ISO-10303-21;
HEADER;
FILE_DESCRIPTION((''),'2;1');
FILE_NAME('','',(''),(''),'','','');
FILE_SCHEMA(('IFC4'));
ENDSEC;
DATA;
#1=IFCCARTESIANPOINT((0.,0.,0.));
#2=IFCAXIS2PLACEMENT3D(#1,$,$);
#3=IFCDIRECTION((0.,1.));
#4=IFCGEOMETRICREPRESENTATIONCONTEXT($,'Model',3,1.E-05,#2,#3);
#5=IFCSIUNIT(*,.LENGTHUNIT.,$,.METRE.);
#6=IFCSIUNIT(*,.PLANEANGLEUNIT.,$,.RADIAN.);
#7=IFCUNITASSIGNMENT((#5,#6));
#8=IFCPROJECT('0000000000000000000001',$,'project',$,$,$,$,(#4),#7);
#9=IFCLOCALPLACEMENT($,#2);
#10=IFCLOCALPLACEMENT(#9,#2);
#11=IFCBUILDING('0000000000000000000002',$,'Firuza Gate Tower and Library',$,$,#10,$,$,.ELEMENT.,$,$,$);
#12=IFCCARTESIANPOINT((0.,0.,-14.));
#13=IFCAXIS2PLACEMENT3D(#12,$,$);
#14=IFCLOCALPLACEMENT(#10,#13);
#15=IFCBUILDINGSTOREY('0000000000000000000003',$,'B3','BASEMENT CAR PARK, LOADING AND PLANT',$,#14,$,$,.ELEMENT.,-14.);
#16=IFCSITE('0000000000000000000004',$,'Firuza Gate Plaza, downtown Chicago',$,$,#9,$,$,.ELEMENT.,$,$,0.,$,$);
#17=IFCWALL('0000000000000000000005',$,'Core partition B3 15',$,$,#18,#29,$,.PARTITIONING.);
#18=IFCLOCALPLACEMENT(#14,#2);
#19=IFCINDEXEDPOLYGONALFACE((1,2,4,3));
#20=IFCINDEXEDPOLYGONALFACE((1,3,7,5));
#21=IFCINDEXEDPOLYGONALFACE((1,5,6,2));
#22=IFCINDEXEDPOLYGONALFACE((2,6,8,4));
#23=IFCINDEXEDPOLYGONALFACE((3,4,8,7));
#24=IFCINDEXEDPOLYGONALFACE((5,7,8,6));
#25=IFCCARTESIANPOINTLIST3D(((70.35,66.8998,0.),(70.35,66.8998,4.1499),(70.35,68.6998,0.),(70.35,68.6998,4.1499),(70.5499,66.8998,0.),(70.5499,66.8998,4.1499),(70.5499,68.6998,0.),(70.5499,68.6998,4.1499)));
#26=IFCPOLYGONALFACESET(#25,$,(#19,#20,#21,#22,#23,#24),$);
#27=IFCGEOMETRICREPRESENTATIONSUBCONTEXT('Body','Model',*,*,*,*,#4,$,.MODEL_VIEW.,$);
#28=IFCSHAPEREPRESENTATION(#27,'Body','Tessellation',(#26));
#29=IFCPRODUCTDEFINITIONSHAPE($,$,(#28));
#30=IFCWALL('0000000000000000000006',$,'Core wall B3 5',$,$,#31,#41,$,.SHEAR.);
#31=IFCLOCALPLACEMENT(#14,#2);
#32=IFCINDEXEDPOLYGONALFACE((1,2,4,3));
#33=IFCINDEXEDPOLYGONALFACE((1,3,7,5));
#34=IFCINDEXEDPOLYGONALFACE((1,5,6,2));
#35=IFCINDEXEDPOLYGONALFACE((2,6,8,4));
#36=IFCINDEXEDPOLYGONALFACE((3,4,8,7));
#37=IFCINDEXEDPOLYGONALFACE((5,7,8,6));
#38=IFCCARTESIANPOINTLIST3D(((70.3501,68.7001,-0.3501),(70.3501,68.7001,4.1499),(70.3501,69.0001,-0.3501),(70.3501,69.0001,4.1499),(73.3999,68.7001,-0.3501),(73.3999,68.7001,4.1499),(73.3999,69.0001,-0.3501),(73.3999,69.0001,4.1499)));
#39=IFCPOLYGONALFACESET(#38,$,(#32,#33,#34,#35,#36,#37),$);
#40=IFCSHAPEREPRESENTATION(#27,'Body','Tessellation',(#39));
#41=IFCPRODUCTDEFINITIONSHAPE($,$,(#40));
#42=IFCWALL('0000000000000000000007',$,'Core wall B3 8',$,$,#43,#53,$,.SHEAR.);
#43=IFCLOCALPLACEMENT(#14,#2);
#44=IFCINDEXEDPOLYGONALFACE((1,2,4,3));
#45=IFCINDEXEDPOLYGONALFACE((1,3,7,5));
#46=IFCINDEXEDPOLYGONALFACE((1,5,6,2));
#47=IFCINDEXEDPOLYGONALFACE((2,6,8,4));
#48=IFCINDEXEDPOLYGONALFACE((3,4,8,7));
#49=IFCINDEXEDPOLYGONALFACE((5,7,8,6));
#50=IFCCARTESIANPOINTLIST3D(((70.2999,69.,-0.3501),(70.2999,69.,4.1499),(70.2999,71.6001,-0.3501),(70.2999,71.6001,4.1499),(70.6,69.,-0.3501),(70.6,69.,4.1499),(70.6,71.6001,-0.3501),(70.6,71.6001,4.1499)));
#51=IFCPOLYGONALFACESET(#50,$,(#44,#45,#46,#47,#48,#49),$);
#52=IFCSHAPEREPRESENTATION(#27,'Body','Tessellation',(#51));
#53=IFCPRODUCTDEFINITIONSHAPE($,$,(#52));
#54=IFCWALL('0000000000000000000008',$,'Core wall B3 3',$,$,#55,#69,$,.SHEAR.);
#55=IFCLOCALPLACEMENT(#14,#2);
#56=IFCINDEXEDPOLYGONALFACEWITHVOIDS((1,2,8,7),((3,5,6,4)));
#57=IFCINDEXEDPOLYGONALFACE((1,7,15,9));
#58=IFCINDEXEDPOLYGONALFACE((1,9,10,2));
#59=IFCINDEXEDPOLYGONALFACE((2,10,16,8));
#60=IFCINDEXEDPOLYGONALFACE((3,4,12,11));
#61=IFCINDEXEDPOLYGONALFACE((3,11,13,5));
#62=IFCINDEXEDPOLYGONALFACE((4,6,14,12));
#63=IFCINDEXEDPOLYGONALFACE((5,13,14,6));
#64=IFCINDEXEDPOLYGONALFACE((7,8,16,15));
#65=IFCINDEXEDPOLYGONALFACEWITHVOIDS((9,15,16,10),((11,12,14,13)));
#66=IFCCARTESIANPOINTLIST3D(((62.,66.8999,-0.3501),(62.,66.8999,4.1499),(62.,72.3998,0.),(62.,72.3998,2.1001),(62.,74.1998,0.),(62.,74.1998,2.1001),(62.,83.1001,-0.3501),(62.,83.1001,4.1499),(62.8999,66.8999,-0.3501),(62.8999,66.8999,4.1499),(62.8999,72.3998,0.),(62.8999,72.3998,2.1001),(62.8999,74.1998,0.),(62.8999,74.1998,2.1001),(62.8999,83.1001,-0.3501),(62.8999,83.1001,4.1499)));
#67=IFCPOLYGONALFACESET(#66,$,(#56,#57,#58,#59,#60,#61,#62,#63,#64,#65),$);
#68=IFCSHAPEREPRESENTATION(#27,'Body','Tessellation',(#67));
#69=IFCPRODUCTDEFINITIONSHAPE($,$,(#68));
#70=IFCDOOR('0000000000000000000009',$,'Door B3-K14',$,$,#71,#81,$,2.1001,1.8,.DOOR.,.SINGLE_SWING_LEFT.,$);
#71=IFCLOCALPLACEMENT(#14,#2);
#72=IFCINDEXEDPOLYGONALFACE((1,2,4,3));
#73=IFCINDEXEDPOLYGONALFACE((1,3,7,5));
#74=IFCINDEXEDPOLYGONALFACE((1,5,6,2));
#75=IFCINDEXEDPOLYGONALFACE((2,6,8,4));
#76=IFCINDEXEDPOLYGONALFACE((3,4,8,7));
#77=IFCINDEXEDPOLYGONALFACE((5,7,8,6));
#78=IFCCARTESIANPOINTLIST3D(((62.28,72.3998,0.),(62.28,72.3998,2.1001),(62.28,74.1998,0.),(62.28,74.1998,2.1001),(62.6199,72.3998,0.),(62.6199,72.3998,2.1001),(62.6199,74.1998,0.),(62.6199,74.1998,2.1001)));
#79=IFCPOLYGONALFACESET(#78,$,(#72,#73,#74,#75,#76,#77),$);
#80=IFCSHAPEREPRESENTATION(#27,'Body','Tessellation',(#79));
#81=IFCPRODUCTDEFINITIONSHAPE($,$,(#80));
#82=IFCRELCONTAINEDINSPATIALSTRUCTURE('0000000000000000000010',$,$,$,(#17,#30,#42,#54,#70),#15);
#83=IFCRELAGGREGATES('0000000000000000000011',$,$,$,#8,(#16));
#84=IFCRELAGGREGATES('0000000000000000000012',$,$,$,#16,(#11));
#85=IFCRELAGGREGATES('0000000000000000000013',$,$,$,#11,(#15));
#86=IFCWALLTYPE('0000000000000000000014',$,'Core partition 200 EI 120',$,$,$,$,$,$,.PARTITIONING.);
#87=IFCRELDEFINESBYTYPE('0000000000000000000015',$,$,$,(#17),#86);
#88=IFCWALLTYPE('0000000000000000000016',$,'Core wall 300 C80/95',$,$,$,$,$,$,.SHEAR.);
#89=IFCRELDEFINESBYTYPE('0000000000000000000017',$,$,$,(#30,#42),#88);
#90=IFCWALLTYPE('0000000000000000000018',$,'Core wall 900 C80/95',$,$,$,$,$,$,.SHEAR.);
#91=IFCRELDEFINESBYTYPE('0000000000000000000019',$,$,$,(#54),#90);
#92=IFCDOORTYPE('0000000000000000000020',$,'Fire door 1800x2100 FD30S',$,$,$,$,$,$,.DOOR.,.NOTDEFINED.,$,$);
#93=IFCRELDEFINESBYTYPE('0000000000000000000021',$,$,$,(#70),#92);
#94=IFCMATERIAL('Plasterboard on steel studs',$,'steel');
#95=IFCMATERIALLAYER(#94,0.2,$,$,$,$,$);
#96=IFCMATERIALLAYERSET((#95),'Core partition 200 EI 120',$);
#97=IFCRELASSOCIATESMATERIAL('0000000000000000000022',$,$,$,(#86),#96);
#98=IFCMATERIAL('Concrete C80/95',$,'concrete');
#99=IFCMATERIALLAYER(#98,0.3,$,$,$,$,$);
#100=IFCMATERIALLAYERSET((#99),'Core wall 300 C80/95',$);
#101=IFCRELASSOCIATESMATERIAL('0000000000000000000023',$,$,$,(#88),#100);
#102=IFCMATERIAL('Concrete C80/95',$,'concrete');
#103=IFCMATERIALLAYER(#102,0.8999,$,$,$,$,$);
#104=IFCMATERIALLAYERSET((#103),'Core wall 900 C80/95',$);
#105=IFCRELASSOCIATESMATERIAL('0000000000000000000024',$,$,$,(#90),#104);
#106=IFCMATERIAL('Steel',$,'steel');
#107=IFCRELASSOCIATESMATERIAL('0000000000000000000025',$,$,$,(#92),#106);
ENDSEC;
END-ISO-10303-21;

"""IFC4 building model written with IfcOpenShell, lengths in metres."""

from ifc_helpers import new_model, si_unit, direction, frame, frame_2d, origin, place, context, subcontext, project, spatial, rectangle, extrude, material, layer, layer_set, type_object, element, fill, save


model = new_model("IFC4")

# Units and contexts
model_context = context("Model", 3, precision=1e-05, world=origin(), true_north=direction((0.0, 1.0)))
body_context = subcontext(model_context, "Body", "Model", "MODEL_VIEW")
ifc_project = project(units=[si_unit("LENGTHUNIT", "METRE"), si_unit("PLANEANGLEUNIT", "RADIAN")], contexts=[model_context])

# Site, building, storey
site_placement = place(None, origin())
site = spatial("IfcSite", under=ifc_project, at=site_placement, Name="Firuza Gate Plaza, downtown Chicago", CompositionType="ELEMENT", RefElevation=0.0)
building_placement = place(site_placement, origin())
building = spatial("IfcBuilding", under=site, at=building_placement, Name="Firuza Gate Tower and Library", CompositionType="ELEMENT")
storey_placement = place(building_placement, frame((0.0, 0.0, -14.0)))
storey = spatial("IfcBuildingStorey", under=building, at=storey_placement, Name="B3", Description="BASEMENT CAR PARK, LOADING AND PLANT", CompositionType="ELEMENT", Elevation=-14.0)

# Walls
ifc_material_1 = material(Name="Plasterboard on steel studs", Category="steel")
ifc_layer_1 = layer(ifc_material_1, 0.2)
ifc_layer_set_1 = layer_set([ifc_layer_1], Name="Core partition 200 EI 120")
wall_type_1 = type_object("IfcWallType", Name="Core partition 200 EI 120", PredefinedType="PARTITIONING", material=ifc_layer_set_1)
wall_1_placement = place(storey_placement, frame((70.45, 66.8999, 0.0), z_axis=(0.0, 0.0, 1.0), x_axis=(0.0, 1.0, 0.0)))
element("IfcWall", 1, at=wall_1_placement, inside=storey, type_object=wall_type_1, Name="Core partition B3 15", PredefinedType="PARTITIONING", context=body_context, shape_type="SweptSolid", body=[
    extrude(rectangle(XDim=1.8, YDim=0.2, at=frame_2d((0.8999, 0.0))), origin(), (0.0, 0.0, 1.0), 4.1499),
])
ifc_material_2 = material(Name="Concrete C80/95", Category="concrete")
ifc_layer_2 = layer(ifc_material_2, 0.3)
ifc_layer_set_2 = layer_set([ifc_layer_2], Name="Core wall 300 C80/95")
wall_type_2 = type_object("IfcWallType", Name="Core wall 300 C80/95", PredefinedType="SHEAR", material=ifc_layer_set_2)
wall_2_placement = place(storey_placement, frame((70.3501, 68.8501, -0.3501), z_axis=(0.0, 0.0, 1.0), x_axis=(1.0, 0.0, 0.0)))
element("IfcWall", 2, at=wall_2_placement, inside=storey, type_object=wall_type_2, Name="Core wall B3 5", PredefinedType="SHEAR", context=body_context, shape_type="SweptSolid", body=[
    extrude(rectangle(XDim=3.0498, YDim=0.3, at=frame_2d((1.5249, 0.0))), origin(), (0.0, 0.0, 1.0), 4.5),
])
wall_3_placement = place(storey_placement, frame((70.45, 69.0, -0.3501), z_axis=(0.0, 0.0, 1.0), x_axis=(0.0, 1.0, 0.0)))
element("IfcWall", 3, at=wall_3_placement, inside=storey, type_object=wall_type_2, Name="Core wall B3 8", PredefinedType="SHEAR", context=body_context, shape_type="SweptSolid", body=[
    extrude(rectangle(XDim=2.6001, YDim=0.3, at=frame_2d((1.3, 0.0))), origin(), (0.0, 0.0, 1.0), 4.5),
])

# Wall, opening, door
ifc_material_3 = material(Name="Concrete C80/95", Category="concrete")
ifc_layer_3 = layer(ifc_material_3, 0.8999)
ifc_layer_set_3 = layer_set([ifc_layer_3], Name="Core wall 900 C80/95")
wall_type_3 = type_object("IfcWallType", Name="Core wall 900 C80/95", PredefinedType="SHEAR", material=ifc_layer_set_3)
wall_4_placement = place(storey_placement, frame((62.45, 66.8999, -0.3501), z_axis=(0.0, 0.0, 1.0), x_axis=(0.0, 1.0, 0.0)))
wall_4 = element("IfcWall", 4, at=wall_4_placement, inside=storey, type_object=wall_type_3, Name="Core wall B3 3", PredefinedType="SHEAR", context=body_context, shape_type="SweptSolid", body=[
    extrude(rectangle(XDim=16.2002, YDim=0.8999, at=frame_2d((8.1001, 0.0))), origin(), (0.0, 0.0, 1.0), 4.5),
])
opening_placement = place(wall_4_placement, frame((5.5, 0.0, 0.3501)))
opening = element("IfcOpeningElement", 5, at=opening_placement, cuts=wall_4, PredefinedType="OPENING", context=body_context, shape_type="SweptSolid", body=[
    extrude(rectangle(XDim=1.8, YDim=2.1001, at=frame_2d((0.8999, 1.05))), frame((0.0, 0.46, 0.0), z_axis=(0.0, -1.0, 0.0), x_axis=(1.0, 0.0, 0.0)), (0.0, 0.0, 1.0), 0.9199),
])
ifc_material_4 = material(Name="Steel", Category="steel")
door_type = type_object("IfcDoorType", Name="Fire door 1800x2100 FD30S", OperationType="NOTDEFINED", PredefinedType="DOOR", material=ifc_material_4)
door_placement = place(opening_placement, origin())
door = element("IfcDoor", 6, at=door_placement, inside=storey, type_object=door_type, Name="Door B3-K14", OperationType="SINGLE_SWING_LEFT", OverallHeight=2.1001, OverallWidth=1.8, PredefinedType="DOOR", context=body_context, shape_type="SweptSolid", body=[
    extrude(rectangle(XDim=1.8, YDim=2.1001, at=frame_2d((0.8999, 1.05))), frame((0.0, 0.1699, 0.0), z_axis=(0.0, -1.0, 0.0), x_axis=(1.0, 0.0, 0.0)), (0.0, 0.0, 1.0), 0.3398),
])
fill(opening, door)

save(model, "model.ifc")
